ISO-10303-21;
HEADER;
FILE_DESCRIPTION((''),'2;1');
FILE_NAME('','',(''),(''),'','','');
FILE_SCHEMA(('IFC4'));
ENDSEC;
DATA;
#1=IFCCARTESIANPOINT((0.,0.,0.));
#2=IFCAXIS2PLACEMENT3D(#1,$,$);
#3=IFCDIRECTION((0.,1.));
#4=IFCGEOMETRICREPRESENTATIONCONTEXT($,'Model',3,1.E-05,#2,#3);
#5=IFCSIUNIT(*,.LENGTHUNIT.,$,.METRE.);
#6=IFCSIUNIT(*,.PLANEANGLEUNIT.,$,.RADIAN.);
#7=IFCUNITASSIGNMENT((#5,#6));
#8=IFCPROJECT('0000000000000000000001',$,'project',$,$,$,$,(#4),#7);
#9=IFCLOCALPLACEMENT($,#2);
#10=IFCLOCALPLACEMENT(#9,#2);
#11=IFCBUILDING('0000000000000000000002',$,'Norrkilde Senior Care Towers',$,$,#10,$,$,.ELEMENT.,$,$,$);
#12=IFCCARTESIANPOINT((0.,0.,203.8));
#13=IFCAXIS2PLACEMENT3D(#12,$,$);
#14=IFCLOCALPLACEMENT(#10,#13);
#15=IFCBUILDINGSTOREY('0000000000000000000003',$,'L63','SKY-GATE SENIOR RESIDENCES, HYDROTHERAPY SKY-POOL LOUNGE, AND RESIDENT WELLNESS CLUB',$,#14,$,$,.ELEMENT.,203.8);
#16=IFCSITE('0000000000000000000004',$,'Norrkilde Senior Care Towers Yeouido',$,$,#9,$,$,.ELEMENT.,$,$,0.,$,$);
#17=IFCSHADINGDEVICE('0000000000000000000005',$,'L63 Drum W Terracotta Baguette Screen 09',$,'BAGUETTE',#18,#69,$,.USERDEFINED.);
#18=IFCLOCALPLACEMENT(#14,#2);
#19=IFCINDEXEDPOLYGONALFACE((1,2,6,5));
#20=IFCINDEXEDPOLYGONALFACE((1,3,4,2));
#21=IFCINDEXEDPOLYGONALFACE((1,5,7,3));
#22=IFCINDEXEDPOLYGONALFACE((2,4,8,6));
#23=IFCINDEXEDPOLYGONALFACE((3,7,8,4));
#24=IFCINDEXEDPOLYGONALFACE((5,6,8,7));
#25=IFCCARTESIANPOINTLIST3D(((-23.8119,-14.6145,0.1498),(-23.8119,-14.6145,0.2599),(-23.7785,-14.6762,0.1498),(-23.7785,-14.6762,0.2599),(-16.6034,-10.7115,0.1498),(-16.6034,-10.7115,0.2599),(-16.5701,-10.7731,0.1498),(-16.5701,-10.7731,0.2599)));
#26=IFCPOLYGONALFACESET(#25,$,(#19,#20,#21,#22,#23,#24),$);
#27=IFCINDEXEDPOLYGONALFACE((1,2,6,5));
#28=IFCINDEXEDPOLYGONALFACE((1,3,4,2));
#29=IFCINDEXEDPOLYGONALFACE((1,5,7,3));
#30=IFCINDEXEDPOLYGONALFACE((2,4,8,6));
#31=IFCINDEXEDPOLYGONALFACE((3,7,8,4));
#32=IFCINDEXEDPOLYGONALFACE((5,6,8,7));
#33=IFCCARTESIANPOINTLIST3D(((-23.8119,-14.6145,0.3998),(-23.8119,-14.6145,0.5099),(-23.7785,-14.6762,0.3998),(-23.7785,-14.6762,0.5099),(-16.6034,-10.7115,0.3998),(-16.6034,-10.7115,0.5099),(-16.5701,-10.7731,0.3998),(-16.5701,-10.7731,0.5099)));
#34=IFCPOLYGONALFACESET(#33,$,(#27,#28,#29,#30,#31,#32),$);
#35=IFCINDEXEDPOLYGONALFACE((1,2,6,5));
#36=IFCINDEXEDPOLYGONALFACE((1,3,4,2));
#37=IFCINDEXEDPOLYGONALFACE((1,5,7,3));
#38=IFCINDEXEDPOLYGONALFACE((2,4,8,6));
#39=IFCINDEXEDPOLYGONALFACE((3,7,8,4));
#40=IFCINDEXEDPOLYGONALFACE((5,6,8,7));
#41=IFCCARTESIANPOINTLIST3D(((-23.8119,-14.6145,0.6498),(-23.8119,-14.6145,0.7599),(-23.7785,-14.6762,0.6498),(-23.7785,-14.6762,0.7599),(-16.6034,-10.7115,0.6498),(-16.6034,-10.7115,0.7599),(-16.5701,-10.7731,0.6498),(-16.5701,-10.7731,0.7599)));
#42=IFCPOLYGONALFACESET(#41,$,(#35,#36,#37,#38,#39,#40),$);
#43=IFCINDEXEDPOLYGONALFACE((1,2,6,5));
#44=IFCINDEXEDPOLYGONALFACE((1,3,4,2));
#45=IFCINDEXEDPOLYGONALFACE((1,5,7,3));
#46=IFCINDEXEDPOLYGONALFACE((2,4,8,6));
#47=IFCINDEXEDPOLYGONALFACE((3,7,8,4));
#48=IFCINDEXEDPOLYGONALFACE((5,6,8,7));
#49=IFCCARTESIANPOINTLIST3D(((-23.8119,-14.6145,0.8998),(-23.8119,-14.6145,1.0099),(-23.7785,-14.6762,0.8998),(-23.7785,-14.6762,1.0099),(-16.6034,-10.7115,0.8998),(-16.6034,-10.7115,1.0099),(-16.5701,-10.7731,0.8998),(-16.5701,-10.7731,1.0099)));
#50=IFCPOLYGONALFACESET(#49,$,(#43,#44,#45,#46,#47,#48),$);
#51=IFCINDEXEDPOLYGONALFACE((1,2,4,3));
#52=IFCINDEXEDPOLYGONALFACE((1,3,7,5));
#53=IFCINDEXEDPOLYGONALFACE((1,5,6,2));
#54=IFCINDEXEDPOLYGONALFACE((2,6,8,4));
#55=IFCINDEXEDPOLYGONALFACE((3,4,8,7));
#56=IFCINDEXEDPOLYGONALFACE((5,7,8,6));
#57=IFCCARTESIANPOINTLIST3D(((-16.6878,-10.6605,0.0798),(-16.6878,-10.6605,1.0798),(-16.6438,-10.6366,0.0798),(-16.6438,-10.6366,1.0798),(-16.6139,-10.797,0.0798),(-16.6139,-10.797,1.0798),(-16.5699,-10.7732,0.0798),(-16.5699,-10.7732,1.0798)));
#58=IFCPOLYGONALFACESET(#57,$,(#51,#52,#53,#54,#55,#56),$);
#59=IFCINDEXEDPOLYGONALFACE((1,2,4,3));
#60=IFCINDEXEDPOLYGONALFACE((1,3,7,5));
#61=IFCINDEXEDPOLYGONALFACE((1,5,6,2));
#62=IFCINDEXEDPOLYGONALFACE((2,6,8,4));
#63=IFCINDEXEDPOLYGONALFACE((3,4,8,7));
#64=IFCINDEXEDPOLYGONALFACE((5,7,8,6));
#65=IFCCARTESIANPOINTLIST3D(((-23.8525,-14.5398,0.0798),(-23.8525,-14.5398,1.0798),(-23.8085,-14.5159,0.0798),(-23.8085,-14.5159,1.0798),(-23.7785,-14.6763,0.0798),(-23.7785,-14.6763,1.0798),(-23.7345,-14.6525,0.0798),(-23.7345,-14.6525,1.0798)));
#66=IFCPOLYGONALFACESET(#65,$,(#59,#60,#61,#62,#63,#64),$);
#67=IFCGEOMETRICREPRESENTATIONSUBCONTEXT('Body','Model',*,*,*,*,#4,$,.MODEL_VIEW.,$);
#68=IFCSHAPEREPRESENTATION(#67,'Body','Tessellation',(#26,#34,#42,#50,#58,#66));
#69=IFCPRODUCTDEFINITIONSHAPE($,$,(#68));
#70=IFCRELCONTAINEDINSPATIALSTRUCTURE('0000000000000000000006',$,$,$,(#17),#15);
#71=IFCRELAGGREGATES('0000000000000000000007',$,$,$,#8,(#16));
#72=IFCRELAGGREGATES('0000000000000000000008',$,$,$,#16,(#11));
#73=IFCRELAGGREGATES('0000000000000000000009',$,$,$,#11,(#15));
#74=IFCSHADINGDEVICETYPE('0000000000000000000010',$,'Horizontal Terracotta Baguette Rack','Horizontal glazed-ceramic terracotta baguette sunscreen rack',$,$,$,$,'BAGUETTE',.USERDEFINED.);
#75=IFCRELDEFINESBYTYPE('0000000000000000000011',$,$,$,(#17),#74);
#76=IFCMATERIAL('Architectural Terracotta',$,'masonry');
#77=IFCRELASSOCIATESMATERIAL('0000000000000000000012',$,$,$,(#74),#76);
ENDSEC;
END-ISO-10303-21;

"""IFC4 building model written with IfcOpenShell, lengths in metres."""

from ifc_helpers import new_model, si_unit, direction, frame, origin, origin_2d, place, context, subcontext, project, spatial, rectangle, extrude, source, transform, mapped, material, type_object, type_shapes, element, save


model = new_model("IFC4")

# Units and contexts
model_context = context("Model", 3, precision=1e-05, world=origin(), true_north=direction((0.0, 1.0)))
body_context = subcontext(model_context, "Body", "Model", "MODEL_VIEW")
ifc_project = project(units=[si_unit("LENGTHUNIT", "METRE"), si_unit("PLANEANGLEUNIT", "RADIAN")], contexts=[model_context])

# Site, building, storey
site_placement = place(None, origin())
site = spatial("IfcSite", under=ifc_project, at=site_placement, Name="Norrkilde Senior Care Towers Yeouido", CompositionType="ELEMENT", RefElevation=0.0)
building_placement = place(site_placement, origin())
building = spatial("IfcBuilding", under=site, at=building_placement, Name="Norrkilde Senior Care Towers", CompositionType="ELEMENT")
storey_placement = place(building_placement, frame((0.0, 0.0, 203.8)))
storey = spatial("IfcBuildingStorey", under=building, at=storey_placement, Name="L63", Description="SKY-GATE SENIOR RESIDENCES, HYDROTHERAPY SKY-POOL LOUNGE, AND RESIDENT WELLNESS CLUB", CompositionType="ELEMENT", Elevation=203.8)

# Shared definitions
ifc_material_1 = material(Name="Architectural Terracotta", Category="masonry")

# Shading device
shading_device_type = type_object("IfcShadingDeviceType", Name="Horizontal Terracotta Baguette Rack", Description="Horizontal glazed-ceramic terracotta baguette sunscreen rack", ElementType="BAGUETTE", PredefinedType="USERDEFINED", material=ifc_material_1)
shared_shape_1 = source(origin(), body_context, "Body", "SweptSolid", [
    extrude(rectangle(XDim=0.0701, YDim=0.1101, at=origin_2d()), frame((0.0, 0.0901, 0.125), z_axis=(1.0, 0.0, 0.0), x_axis=(0.0, 1.0, 0.0)), (0.0, 0.0, 1.0), 8.1973),
    extrude(rectangle(XDim=0.0701, YDim=0.1101, at=origin_2d()), frame((0.0, 0.0901, 0.375), z_axis=(1.0, 0.0, 0.0), x_axis=(0.0, 1.0, 0.0)), (0.0, 0.0, 1.0), 8.1973),
    extrude(rectangle(XDim=0.0701, YDim=0.1101, at=origin_2d()), frame((0.0, 0.0901, 0.625), z_axis=(1.0, 0.0, 0.0), x_axis=(0.0, 1.0, 0.0)), (0.0, 0.0, 1.0), 8.1973),
    extrude(rectangle(XDim=0.0701, YDim=0.1101, at=origin_2d()), frame((0.0, 0.0901, 0.875), z_axis=(1.0, 0.0, 0.0), x_axis=(0.0, 1.0, 0.0)), (0.0, 0.0, 1.0), 8.1973),
    extrude(rectangle(XDim=0.05, YDim=0.1553, at=origin_2d()), frame((0.0249, 0.0476, 0.0)), (0.0, 0.0, 1.0), 1.0),
    extrude(rectangle(XDim=0.05, YDim=0.1553, at=origin_2d()), frame((8.1724, 0.0476, 0.0)), (0.0, 0.0, 1.0), 1.0),
])
type_shapes(shading_device_type, [shared_shape_1])
shading_device_placement = place(storey_placement, frame((-16.6296, -10.6631, 0.0798), z_axis=(0.0, 0.0, 1.0), x_axis=(-0.879378, -0.476144, 0.0)))
element("IfcShadingDevice", 1, at=shading_device_placement, inside=storey, type_object=shading_device_type, Name="L63 Drum W Terracotta Baguette Screen 09", ObjectType="BAGUETTE", PredefinedType="USERDEFINED", context=body_context, shape_type="MappedRepresentation", body=[
    mapped(shared_shape_1, transform((0.0, 0.0, 0.0), x_axis=(1.0, 0.0, 0.0), y_axis=(0.0, 1.0, 0.0), z_axis=(0.0, 0.0, 1.0), scale=1.0)),
])

save(model, "model.ifc")
